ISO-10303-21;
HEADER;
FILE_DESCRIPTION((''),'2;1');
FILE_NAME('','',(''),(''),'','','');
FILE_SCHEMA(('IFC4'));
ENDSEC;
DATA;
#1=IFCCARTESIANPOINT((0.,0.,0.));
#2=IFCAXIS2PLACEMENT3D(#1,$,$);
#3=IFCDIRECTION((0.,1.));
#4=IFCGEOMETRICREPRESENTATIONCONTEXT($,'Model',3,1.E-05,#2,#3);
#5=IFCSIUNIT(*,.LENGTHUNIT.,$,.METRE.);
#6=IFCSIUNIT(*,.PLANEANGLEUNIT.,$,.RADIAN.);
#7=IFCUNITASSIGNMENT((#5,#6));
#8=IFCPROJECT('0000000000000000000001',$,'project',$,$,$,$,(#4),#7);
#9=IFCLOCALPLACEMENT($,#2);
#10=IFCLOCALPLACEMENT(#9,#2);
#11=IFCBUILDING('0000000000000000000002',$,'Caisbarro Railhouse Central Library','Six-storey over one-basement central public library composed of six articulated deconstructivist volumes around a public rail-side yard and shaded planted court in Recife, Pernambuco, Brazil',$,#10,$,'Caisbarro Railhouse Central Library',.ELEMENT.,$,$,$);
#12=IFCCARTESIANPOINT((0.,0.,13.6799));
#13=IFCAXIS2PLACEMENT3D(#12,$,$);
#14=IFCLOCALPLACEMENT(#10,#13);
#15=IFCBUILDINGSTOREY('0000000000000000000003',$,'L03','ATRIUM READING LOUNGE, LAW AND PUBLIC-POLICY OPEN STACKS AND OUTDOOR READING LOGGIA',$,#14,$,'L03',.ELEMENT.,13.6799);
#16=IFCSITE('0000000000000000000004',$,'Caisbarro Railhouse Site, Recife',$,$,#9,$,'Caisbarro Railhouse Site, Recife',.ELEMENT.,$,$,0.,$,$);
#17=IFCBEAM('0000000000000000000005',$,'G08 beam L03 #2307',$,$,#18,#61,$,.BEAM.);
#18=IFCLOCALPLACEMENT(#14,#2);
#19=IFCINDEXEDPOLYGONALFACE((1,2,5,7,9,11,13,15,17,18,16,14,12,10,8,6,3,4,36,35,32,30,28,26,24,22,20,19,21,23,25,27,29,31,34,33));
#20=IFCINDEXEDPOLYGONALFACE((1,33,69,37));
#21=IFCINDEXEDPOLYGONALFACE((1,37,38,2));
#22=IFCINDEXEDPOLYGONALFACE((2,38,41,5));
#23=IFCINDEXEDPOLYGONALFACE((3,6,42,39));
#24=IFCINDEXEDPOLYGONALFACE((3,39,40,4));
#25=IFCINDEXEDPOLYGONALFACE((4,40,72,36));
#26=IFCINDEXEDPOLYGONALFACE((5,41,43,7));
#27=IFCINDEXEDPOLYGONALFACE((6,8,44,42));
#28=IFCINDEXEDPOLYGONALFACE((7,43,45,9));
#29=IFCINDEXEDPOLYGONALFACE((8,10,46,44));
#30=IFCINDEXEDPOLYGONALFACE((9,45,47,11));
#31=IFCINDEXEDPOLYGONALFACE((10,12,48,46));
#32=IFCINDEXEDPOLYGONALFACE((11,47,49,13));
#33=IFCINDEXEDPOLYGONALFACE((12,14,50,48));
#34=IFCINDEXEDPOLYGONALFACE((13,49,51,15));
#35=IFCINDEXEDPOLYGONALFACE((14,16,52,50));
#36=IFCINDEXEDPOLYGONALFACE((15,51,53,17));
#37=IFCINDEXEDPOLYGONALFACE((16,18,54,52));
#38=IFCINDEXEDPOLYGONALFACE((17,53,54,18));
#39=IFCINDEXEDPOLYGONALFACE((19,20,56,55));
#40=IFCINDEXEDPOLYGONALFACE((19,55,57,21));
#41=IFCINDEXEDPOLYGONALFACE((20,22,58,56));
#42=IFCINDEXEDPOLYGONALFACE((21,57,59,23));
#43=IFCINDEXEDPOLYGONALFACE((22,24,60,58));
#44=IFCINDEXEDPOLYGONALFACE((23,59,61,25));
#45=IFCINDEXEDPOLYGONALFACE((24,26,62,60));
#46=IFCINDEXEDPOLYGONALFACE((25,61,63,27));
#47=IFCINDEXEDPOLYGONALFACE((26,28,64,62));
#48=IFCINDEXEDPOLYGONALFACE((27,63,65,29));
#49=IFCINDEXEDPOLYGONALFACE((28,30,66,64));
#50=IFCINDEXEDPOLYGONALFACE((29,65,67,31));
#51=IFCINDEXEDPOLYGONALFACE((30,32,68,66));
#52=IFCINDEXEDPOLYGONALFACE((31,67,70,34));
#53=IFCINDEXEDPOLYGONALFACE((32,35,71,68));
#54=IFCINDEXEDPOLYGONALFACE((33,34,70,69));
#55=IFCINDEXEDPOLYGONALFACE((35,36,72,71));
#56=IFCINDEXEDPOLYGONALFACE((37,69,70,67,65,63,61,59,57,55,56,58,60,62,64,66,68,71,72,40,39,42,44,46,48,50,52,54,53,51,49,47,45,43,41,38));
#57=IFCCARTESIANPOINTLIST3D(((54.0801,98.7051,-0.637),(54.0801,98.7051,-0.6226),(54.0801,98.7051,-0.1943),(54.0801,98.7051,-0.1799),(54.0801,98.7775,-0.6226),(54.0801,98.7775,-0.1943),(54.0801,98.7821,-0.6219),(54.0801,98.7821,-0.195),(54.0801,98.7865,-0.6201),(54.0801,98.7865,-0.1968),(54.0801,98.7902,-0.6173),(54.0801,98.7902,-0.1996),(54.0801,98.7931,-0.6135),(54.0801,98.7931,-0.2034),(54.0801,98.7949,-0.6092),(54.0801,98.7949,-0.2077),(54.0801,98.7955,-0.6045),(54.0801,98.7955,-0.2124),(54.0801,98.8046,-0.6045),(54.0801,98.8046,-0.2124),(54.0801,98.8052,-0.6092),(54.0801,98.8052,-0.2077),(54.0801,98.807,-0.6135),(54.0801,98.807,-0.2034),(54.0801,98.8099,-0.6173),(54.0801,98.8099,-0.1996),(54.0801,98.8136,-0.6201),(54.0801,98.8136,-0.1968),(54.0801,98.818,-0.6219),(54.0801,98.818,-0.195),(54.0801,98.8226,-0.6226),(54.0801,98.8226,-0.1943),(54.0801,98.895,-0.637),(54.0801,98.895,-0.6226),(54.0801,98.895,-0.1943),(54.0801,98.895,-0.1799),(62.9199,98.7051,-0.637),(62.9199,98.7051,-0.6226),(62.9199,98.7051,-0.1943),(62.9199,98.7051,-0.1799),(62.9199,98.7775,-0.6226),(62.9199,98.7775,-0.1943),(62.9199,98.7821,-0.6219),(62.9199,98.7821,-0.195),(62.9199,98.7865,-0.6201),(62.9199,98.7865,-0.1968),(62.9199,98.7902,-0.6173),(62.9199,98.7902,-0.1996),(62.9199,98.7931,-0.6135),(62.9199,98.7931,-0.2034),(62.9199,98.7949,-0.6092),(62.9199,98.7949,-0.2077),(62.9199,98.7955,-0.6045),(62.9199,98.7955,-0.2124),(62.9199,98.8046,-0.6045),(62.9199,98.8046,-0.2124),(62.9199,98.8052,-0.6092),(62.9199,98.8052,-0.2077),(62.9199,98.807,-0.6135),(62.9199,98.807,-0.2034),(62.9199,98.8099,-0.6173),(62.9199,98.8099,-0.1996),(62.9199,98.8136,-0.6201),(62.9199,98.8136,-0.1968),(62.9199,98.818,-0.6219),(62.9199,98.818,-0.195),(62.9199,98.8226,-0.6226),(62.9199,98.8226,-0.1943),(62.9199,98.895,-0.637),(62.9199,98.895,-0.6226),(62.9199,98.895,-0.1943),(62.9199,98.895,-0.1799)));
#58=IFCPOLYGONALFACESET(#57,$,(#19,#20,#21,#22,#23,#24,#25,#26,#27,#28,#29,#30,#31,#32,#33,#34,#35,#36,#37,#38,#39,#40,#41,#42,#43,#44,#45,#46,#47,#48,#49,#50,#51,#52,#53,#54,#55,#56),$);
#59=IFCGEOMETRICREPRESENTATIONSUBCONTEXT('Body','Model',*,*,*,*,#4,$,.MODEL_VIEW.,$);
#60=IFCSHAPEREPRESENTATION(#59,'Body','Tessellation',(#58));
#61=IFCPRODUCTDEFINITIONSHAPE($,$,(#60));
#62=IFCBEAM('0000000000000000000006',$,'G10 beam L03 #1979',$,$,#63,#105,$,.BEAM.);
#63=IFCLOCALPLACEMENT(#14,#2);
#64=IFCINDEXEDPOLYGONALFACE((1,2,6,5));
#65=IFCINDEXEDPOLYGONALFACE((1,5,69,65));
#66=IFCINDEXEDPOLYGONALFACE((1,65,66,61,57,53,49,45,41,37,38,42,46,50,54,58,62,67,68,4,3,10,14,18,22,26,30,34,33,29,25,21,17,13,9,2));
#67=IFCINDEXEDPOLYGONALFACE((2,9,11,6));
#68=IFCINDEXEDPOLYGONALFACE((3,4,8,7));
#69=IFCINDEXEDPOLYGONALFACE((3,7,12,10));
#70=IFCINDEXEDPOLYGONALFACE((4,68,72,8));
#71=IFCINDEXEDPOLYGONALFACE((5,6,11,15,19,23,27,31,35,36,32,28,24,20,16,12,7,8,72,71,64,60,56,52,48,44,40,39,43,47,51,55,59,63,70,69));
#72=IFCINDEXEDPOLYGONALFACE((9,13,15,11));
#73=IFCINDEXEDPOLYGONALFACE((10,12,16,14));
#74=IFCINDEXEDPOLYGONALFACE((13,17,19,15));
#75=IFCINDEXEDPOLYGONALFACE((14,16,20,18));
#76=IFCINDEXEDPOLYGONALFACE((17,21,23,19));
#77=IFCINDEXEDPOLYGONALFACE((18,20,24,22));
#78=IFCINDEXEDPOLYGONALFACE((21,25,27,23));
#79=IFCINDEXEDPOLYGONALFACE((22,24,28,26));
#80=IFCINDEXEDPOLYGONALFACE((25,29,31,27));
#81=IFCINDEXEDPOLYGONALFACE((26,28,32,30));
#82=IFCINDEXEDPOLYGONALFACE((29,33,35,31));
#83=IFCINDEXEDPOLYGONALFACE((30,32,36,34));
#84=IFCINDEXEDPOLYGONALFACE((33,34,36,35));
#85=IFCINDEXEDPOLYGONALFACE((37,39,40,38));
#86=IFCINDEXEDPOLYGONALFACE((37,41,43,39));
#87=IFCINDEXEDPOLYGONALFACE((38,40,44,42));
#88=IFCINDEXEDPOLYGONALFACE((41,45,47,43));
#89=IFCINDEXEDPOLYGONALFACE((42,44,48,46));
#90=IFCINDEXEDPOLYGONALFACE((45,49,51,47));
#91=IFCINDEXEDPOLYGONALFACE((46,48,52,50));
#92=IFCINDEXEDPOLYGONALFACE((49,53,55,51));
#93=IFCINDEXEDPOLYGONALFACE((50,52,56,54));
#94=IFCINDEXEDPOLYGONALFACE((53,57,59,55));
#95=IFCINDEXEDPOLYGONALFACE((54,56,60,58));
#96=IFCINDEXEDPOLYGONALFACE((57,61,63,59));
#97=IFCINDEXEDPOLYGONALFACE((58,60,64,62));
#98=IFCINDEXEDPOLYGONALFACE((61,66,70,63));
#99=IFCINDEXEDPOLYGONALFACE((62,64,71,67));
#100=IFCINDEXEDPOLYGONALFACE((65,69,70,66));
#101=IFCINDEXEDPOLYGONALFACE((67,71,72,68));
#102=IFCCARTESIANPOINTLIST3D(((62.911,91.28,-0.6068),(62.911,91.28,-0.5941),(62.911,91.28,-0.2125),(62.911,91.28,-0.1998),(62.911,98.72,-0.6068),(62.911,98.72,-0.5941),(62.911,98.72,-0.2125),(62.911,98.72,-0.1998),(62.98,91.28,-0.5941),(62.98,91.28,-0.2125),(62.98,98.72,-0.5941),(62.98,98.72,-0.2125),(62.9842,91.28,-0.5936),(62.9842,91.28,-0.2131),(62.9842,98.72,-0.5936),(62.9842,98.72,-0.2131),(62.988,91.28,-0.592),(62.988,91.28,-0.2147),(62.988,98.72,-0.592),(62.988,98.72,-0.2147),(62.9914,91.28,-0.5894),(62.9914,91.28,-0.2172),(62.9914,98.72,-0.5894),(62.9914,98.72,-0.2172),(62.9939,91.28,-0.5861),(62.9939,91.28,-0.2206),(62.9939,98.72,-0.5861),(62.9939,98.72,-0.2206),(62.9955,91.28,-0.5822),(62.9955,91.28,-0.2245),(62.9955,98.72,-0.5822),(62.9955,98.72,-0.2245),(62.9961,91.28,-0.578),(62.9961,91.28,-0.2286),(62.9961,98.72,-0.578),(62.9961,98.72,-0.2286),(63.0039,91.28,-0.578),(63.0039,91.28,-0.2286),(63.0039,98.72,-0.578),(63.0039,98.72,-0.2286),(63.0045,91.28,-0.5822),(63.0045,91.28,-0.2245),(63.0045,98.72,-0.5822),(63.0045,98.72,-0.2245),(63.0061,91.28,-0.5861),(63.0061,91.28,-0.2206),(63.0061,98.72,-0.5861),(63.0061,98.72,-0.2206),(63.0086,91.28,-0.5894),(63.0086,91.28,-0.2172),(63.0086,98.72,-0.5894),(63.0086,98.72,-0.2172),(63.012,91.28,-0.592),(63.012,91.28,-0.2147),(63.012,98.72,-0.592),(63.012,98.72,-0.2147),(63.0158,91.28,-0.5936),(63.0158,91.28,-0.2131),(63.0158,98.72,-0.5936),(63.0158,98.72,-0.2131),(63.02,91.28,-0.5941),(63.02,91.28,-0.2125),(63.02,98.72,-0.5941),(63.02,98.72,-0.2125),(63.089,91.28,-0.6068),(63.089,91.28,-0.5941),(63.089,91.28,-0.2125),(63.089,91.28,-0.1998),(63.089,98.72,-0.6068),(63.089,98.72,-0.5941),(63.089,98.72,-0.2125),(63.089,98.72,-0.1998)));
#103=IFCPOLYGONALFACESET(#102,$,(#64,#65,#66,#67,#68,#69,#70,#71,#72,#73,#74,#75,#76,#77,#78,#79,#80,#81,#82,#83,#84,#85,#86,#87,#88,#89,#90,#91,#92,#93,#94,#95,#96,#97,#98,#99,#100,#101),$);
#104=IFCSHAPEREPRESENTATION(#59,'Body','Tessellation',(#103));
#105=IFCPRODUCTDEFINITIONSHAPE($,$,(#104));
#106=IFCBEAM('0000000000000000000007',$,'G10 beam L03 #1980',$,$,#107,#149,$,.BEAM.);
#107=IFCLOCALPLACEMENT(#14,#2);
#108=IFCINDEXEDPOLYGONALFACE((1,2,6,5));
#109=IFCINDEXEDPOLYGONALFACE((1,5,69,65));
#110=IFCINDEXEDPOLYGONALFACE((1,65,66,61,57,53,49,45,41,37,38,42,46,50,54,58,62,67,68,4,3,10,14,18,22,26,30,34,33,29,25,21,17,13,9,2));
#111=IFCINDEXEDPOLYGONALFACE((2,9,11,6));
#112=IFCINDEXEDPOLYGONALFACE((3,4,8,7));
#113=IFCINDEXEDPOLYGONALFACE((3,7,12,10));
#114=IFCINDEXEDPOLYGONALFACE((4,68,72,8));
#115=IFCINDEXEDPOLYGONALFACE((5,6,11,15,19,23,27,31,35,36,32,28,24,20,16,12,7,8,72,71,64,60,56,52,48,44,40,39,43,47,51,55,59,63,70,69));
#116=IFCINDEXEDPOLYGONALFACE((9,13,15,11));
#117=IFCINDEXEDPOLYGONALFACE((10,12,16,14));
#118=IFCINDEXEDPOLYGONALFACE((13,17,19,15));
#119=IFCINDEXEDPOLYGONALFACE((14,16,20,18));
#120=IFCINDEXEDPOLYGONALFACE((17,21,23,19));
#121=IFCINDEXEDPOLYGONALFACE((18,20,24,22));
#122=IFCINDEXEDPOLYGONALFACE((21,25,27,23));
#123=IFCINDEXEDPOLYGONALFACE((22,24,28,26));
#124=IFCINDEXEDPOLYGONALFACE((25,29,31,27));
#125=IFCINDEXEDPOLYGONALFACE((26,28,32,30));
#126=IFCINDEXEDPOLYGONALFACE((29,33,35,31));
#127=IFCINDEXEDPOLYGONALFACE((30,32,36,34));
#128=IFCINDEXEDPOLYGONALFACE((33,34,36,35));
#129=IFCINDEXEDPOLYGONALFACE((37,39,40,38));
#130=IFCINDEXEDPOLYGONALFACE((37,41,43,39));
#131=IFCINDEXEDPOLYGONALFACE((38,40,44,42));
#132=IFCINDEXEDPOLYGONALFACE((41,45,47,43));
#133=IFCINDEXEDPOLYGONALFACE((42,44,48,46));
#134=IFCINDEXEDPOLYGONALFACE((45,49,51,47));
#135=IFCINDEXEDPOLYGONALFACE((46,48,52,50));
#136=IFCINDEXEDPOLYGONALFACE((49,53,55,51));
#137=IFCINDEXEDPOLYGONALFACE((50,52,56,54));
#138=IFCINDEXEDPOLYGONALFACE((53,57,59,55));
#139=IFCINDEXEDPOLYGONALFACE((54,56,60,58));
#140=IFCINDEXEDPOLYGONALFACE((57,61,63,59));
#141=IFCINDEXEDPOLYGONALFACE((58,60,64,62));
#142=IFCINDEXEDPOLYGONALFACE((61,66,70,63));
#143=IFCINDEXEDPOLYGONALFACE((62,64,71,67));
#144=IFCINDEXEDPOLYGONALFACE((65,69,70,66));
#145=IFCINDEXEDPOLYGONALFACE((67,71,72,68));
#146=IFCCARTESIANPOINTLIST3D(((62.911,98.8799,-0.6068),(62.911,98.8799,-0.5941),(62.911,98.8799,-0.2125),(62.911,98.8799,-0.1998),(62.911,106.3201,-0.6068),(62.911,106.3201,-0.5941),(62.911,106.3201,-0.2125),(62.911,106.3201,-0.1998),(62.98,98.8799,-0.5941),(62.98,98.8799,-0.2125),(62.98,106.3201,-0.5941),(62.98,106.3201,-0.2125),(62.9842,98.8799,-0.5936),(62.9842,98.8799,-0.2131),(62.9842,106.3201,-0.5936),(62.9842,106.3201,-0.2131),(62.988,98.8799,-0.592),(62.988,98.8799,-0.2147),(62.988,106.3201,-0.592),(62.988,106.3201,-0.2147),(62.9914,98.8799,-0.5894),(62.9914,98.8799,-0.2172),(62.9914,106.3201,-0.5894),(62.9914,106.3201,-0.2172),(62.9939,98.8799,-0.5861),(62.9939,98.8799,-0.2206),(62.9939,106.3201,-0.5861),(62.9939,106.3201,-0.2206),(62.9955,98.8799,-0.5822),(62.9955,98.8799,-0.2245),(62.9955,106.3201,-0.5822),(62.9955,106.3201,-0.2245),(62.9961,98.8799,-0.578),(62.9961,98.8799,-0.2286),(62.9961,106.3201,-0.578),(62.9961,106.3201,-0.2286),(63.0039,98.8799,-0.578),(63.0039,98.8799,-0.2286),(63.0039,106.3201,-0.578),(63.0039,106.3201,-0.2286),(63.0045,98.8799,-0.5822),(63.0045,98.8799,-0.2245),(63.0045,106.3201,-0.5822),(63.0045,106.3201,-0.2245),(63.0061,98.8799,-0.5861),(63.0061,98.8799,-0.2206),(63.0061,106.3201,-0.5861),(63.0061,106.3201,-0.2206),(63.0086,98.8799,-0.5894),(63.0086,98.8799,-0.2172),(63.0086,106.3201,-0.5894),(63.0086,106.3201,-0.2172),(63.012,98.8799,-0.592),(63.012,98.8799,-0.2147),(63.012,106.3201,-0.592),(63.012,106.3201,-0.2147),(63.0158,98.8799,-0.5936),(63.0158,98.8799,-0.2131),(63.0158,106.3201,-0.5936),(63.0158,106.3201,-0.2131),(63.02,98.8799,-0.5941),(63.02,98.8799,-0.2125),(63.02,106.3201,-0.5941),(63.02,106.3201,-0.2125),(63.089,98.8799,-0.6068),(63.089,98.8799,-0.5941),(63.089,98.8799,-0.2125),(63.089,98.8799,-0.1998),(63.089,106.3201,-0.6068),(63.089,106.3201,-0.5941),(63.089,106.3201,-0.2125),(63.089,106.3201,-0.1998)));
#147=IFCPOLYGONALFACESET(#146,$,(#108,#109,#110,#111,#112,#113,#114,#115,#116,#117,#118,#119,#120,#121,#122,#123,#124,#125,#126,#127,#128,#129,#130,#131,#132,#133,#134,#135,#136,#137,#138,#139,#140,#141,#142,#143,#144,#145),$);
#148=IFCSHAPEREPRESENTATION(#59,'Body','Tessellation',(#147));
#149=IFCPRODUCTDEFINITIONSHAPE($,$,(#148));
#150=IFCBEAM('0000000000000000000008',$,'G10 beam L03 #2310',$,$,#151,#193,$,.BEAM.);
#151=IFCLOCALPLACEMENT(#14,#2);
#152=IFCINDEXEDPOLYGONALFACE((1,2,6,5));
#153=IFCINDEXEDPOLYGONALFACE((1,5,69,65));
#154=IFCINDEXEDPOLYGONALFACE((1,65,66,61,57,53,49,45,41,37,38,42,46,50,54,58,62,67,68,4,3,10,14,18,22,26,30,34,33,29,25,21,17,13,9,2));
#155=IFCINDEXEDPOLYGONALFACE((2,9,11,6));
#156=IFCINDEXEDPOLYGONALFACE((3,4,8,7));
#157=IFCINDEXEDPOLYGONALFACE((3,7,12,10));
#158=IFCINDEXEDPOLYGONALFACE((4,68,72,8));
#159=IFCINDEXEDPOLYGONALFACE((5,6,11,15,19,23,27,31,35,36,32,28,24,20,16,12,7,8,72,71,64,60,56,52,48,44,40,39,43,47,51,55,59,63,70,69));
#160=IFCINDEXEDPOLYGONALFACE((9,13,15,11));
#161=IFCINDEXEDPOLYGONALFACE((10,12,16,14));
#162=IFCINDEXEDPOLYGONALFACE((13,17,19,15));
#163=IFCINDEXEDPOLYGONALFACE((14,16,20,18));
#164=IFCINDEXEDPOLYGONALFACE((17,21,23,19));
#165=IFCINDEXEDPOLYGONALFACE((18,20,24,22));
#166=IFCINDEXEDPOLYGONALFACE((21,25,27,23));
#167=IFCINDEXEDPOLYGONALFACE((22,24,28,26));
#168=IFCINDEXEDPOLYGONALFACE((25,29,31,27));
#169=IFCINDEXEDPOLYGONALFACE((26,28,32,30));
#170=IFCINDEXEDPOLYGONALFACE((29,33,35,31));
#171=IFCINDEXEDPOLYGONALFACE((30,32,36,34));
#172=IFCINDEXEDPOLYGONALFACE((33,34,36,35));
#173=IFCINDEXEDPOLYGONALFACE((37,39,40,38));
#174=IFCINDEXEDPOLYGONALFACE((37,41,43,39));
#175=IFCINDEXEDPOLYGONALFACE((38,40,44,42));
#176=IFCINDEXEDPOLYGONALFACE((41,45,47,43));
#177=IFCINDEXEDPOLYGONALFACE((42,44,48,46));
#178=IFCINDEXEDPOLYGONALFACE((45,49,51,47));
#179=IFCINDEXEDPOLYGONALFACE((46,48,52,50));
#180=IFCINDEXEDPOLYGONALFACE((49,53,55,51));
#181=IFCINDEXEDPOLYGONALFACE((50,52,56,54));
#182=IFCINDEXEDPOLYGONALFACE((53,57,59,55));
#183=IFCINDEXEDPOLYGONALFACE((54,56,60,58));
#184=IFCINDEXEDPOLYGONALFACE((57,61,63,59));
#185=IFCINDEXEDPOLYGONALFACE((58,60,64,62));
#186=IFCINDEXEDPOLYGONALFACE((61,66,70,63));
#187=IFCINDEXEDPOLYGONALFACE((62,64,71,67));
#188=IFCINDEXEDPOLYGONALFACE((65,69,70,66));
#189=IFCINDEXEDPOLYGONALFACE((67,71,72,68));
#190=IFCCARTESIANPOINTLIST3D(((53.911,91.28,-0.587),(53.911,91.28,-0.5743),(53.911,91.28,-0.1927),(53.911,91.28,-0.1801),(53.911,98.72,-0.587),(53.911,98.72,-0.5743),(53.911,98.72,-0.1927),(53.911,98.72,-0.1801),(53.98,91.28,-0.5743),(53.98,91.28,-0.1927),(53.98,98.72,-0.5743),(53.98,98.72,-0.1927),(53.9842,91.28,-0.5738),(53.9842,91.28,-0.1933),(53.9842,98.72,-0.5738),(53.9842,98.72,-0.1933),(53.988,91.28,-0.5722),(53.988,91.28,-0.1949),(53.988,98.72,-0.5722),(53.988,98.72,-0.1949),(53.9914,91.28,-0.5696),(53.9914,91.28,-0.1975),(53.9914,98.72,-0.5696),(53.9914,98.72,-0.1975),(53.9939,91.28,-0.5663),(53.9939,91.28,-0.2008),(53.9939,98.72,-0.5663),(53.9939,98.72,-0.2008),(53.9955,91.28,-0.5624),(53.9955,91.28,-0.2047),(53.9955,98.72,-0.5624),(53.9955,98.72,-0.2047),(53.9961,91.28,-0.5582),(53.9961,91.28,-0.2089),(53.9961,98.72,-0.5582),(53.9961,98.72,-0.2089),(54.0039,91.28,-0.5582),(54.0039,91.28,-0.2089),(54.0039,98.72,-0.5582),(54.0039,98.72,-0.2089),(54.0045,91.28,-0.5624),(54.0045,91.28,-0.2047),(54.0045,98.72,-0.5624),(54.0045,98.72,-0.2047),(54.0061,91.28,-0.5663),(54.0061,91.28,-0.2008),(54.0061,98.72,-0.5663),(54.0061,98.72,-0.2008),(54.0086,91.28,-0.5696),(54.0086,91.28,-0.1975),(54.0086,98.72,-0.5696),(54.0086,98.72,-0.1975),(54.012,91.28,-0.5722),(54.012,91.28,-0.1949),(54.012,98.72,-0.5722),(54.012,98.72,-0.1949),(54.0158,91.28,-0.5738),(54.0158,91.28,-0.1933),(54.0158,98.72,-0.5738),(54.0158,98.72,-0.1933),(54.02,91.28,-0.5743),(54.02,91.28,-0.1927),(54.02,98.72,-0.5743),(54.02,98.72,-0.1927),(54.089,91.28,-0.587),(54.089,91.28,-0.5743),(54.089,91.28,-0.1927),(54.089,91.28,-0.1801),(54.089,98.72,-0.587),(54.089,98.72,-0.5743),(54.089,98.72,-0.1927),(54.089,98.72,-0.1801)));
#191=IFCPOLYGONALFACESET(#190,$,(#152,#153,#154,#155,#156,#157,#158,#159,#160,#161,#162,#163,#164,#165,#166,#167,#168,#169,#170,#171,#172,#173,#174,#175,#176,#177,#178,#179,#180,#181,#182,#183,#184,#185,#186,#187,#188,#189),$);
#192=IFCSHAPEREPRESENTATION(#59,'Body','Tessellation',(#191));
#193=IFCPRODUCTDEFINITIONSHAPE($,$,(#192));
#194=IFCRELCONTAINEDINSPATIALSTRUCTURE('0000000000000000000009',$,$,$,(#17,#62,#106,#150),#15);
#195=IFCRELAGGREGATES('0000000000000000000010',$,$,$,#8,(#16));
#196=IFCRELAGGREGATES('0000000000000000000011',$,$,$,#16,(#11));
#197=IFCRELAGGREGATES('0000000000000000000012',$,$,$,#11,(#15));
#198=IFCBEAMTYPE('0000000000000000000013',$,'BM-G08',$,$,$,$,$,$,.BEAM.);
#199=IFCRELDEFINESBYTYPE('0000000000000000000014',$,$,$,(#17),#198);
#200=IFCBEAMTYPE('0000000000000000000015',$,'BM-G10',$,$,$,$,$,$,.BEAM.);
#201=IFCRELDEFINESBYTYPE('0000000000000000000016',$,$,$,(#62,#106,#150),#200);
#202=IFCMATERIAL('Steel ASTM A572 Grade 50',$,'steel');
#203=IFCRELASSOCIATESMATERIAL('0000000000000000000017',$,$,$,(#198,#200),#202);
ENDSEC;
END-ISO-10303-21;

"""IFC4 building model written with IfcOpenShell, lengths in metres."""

from ifc_helpers import new_model, si_unit, direction, frame, origin, origin_2d, place, context, subcontext, project, spatial, i_section, extrude, material, material_profile, profile_set, type_object, element, save


model = new_model("IFC4")

# Units and contexts
model_context = context("Model", 3, precision=1e-05, world=origin(), true_north=direction((0.0, 1.0)))
body_context = subcontext(model_context, "Body", "Model", "MODEL_VIEW")
ifc_project = project(units=[si_unit("LENGTHUNIT", "METRE"), si_unit("PLANEANGLEUNIT", "RADIAN")], contexts=[model_context])

# Site, building, storey
site_placement = place(None, origin())
site = spatial("IfcSite", under=ifc_project, at=site_placement, Name="Caisbarro Railhouse Site, Recife", LongName="Caisbarro Railhouse Site, Recife", CompositionType="ELEMENT", RefElevation=0.0)
building_placement = place(site_placement, origin())
building = spatial("IfcBuilding", under=site, at=building_placement, Name="Caisbarro Railhouse Central Library", Description="Six-storey over one-basement central public library composed of six articulated deconstructivist volumes around a public rail-side yard and shaded planted court in Recife, Pernambuco, Brazil", LongName="Caisbarro Railhouse Central Library", CompositionType="ELEMENT")
storey_placement = place(building_placement, frame((0.0, 0.0, 13.6799)))
storey = spatial("IfcBuildingStorey", under=building, at=storey_placement, Name="L03", Description="ATRIUM READING LOUNGE, LAW AND PUBLIC-POLICY OPEN STACKS AND OUTDOOR READING LOGGIA", LongName="L03", CompositionType="ELEMENT", Elevation=13.6799)

# Shared definitions
ifc_material_1 = material(Name="Steel ASTM A572 Grade 50", Category="steel")

# Beams
ifc_material_profile_1 = material_profile(ifc_material_1, i_section(OverallWidth=0.1899, OverallDepth=0.457, WebThickness=0.009, FlangeThickness=0.0144, FilletRadius=0.0181, at=origin_2d()), Name="W460X74.0")
ifc_profile_set_1 = profile_set([ifc_material_profile_1], Name="Steel ASTM A572 Grade 50")
beam_type_1 = type_object("IfcBeamType", Name="BM-G08", PredefinedType="BEAM", material=ifc_profile_set_1)
for number, where, z_axis, x_axis, name in (
    (1, (54.0801, 98.8, -0.4084), (1.0, 0.0, 0.0), (0.0, 1.0, 0.0), "G08 beam L03 #2307"),
):
    element("IfcBeam", number, at=place(storey_placement, frame(where, z_axis=z_axis, x_axis=x_axis)), inside=storey, type_object=beam_type_1, Name=name, PredefinedType="BEAM", context=body_context, shape_type="SweptSolid", body=[
        extrude(i_section(OverallWidth=0.1899, OverallDepth=0.457, WebThickness=0.009, FlangeThickness=0.0144, FilletRadius=0.0181, at=origin_2d()), origin(), (0.0, 0.0, 1.0), 8.8398),
    ])
ifc_material_profile_2 = material_profile(ifc_material_1, i_section(OverallWidth=0.178, OverallDepth=0.407, WebThickness=0.0078, FlangeThickness=0.0127, FilletRadius=0.0161, at=origin_2d()), Name="W410X60.0")
ifc_profile_set_2 = profile_set([ifc_material_profile_2], Name="Steel ASTM A572 Grade 50")
beam_type_2 = type_object("IfcBeamType", Name="BM-G10", PredefinedType="BEAM", material=ifc_profile_set_2)
beam_1_placement = place(storey_placement, frame((63.0, 91.28, -0.4033), z_axis=(0.0, 1.0, 0.0), x_axis=(-1.0, 0.0, 0.0)))
element("IfcBeam", 2, at=beam_1_placement, inside=storey, type_object=beam_type_2, Name="G10 beam L03 #1979", PredefinedType="BEAM", context=body_context, shape_type="SweptSolid", body=[
    extrude(i_section(OverallWidth=0.178, OverallDepth=0.407, WebThickness=0.0078, FlangeThickness=0.0127, FilletRadius=0.0161, at=origin_2d()), origin(), (0.0, 0.0, 1.0), 7.4399),
])
beam_2_placement = place(storey_placement, frame((63.0, 98.8799, -0.4033), z_axis=(0.0, 1.0, 0.0), x_axis=(-1.0, 0.0, 0.0)))
element("IfcBeam", 3, at=beam_2_placement, inside=storey, type_object=beam_type_2, Name="G10 beam L03 #1980", PredefinedType="BEAM", context=body_context, shape_type="SweptSolid", body=[
    extrude(i_section(OverallWidth=0.178, OverallDepth=0.407, WebThickness=0.0078, FlangeThickness=0.0127, FilletRadius=0.0161, at=origin_2d()), origin(), (0.0, 0.0, 1.0), 7.4402),
])
beam_3_placement = place(storey_placement, frame((54.0, 91.28, -0.3835), z_axis=(0.0, 1.0, 0.0), x_axis=(-1.0, 0.0, 0.0)))
element("IfcBeam", 4, at=beam_3_placement, inside=storey, type_object=beam_type_2, Name="G10 beam L03 #2310", PredefinedType="BEAM", context=body_context, shape_type="SweptSolid", body=[
    extrude(i_section(OverallWidth=0.178, OverallDepth=0.407, WebThickness=0.0078, FlangeThickness=0.0127, FilletRadius=0.0161, at=origin_2d()), origin(), (0.0, 0.0, 1.0), 7.4399),
])

save(model, "model.ifc")
